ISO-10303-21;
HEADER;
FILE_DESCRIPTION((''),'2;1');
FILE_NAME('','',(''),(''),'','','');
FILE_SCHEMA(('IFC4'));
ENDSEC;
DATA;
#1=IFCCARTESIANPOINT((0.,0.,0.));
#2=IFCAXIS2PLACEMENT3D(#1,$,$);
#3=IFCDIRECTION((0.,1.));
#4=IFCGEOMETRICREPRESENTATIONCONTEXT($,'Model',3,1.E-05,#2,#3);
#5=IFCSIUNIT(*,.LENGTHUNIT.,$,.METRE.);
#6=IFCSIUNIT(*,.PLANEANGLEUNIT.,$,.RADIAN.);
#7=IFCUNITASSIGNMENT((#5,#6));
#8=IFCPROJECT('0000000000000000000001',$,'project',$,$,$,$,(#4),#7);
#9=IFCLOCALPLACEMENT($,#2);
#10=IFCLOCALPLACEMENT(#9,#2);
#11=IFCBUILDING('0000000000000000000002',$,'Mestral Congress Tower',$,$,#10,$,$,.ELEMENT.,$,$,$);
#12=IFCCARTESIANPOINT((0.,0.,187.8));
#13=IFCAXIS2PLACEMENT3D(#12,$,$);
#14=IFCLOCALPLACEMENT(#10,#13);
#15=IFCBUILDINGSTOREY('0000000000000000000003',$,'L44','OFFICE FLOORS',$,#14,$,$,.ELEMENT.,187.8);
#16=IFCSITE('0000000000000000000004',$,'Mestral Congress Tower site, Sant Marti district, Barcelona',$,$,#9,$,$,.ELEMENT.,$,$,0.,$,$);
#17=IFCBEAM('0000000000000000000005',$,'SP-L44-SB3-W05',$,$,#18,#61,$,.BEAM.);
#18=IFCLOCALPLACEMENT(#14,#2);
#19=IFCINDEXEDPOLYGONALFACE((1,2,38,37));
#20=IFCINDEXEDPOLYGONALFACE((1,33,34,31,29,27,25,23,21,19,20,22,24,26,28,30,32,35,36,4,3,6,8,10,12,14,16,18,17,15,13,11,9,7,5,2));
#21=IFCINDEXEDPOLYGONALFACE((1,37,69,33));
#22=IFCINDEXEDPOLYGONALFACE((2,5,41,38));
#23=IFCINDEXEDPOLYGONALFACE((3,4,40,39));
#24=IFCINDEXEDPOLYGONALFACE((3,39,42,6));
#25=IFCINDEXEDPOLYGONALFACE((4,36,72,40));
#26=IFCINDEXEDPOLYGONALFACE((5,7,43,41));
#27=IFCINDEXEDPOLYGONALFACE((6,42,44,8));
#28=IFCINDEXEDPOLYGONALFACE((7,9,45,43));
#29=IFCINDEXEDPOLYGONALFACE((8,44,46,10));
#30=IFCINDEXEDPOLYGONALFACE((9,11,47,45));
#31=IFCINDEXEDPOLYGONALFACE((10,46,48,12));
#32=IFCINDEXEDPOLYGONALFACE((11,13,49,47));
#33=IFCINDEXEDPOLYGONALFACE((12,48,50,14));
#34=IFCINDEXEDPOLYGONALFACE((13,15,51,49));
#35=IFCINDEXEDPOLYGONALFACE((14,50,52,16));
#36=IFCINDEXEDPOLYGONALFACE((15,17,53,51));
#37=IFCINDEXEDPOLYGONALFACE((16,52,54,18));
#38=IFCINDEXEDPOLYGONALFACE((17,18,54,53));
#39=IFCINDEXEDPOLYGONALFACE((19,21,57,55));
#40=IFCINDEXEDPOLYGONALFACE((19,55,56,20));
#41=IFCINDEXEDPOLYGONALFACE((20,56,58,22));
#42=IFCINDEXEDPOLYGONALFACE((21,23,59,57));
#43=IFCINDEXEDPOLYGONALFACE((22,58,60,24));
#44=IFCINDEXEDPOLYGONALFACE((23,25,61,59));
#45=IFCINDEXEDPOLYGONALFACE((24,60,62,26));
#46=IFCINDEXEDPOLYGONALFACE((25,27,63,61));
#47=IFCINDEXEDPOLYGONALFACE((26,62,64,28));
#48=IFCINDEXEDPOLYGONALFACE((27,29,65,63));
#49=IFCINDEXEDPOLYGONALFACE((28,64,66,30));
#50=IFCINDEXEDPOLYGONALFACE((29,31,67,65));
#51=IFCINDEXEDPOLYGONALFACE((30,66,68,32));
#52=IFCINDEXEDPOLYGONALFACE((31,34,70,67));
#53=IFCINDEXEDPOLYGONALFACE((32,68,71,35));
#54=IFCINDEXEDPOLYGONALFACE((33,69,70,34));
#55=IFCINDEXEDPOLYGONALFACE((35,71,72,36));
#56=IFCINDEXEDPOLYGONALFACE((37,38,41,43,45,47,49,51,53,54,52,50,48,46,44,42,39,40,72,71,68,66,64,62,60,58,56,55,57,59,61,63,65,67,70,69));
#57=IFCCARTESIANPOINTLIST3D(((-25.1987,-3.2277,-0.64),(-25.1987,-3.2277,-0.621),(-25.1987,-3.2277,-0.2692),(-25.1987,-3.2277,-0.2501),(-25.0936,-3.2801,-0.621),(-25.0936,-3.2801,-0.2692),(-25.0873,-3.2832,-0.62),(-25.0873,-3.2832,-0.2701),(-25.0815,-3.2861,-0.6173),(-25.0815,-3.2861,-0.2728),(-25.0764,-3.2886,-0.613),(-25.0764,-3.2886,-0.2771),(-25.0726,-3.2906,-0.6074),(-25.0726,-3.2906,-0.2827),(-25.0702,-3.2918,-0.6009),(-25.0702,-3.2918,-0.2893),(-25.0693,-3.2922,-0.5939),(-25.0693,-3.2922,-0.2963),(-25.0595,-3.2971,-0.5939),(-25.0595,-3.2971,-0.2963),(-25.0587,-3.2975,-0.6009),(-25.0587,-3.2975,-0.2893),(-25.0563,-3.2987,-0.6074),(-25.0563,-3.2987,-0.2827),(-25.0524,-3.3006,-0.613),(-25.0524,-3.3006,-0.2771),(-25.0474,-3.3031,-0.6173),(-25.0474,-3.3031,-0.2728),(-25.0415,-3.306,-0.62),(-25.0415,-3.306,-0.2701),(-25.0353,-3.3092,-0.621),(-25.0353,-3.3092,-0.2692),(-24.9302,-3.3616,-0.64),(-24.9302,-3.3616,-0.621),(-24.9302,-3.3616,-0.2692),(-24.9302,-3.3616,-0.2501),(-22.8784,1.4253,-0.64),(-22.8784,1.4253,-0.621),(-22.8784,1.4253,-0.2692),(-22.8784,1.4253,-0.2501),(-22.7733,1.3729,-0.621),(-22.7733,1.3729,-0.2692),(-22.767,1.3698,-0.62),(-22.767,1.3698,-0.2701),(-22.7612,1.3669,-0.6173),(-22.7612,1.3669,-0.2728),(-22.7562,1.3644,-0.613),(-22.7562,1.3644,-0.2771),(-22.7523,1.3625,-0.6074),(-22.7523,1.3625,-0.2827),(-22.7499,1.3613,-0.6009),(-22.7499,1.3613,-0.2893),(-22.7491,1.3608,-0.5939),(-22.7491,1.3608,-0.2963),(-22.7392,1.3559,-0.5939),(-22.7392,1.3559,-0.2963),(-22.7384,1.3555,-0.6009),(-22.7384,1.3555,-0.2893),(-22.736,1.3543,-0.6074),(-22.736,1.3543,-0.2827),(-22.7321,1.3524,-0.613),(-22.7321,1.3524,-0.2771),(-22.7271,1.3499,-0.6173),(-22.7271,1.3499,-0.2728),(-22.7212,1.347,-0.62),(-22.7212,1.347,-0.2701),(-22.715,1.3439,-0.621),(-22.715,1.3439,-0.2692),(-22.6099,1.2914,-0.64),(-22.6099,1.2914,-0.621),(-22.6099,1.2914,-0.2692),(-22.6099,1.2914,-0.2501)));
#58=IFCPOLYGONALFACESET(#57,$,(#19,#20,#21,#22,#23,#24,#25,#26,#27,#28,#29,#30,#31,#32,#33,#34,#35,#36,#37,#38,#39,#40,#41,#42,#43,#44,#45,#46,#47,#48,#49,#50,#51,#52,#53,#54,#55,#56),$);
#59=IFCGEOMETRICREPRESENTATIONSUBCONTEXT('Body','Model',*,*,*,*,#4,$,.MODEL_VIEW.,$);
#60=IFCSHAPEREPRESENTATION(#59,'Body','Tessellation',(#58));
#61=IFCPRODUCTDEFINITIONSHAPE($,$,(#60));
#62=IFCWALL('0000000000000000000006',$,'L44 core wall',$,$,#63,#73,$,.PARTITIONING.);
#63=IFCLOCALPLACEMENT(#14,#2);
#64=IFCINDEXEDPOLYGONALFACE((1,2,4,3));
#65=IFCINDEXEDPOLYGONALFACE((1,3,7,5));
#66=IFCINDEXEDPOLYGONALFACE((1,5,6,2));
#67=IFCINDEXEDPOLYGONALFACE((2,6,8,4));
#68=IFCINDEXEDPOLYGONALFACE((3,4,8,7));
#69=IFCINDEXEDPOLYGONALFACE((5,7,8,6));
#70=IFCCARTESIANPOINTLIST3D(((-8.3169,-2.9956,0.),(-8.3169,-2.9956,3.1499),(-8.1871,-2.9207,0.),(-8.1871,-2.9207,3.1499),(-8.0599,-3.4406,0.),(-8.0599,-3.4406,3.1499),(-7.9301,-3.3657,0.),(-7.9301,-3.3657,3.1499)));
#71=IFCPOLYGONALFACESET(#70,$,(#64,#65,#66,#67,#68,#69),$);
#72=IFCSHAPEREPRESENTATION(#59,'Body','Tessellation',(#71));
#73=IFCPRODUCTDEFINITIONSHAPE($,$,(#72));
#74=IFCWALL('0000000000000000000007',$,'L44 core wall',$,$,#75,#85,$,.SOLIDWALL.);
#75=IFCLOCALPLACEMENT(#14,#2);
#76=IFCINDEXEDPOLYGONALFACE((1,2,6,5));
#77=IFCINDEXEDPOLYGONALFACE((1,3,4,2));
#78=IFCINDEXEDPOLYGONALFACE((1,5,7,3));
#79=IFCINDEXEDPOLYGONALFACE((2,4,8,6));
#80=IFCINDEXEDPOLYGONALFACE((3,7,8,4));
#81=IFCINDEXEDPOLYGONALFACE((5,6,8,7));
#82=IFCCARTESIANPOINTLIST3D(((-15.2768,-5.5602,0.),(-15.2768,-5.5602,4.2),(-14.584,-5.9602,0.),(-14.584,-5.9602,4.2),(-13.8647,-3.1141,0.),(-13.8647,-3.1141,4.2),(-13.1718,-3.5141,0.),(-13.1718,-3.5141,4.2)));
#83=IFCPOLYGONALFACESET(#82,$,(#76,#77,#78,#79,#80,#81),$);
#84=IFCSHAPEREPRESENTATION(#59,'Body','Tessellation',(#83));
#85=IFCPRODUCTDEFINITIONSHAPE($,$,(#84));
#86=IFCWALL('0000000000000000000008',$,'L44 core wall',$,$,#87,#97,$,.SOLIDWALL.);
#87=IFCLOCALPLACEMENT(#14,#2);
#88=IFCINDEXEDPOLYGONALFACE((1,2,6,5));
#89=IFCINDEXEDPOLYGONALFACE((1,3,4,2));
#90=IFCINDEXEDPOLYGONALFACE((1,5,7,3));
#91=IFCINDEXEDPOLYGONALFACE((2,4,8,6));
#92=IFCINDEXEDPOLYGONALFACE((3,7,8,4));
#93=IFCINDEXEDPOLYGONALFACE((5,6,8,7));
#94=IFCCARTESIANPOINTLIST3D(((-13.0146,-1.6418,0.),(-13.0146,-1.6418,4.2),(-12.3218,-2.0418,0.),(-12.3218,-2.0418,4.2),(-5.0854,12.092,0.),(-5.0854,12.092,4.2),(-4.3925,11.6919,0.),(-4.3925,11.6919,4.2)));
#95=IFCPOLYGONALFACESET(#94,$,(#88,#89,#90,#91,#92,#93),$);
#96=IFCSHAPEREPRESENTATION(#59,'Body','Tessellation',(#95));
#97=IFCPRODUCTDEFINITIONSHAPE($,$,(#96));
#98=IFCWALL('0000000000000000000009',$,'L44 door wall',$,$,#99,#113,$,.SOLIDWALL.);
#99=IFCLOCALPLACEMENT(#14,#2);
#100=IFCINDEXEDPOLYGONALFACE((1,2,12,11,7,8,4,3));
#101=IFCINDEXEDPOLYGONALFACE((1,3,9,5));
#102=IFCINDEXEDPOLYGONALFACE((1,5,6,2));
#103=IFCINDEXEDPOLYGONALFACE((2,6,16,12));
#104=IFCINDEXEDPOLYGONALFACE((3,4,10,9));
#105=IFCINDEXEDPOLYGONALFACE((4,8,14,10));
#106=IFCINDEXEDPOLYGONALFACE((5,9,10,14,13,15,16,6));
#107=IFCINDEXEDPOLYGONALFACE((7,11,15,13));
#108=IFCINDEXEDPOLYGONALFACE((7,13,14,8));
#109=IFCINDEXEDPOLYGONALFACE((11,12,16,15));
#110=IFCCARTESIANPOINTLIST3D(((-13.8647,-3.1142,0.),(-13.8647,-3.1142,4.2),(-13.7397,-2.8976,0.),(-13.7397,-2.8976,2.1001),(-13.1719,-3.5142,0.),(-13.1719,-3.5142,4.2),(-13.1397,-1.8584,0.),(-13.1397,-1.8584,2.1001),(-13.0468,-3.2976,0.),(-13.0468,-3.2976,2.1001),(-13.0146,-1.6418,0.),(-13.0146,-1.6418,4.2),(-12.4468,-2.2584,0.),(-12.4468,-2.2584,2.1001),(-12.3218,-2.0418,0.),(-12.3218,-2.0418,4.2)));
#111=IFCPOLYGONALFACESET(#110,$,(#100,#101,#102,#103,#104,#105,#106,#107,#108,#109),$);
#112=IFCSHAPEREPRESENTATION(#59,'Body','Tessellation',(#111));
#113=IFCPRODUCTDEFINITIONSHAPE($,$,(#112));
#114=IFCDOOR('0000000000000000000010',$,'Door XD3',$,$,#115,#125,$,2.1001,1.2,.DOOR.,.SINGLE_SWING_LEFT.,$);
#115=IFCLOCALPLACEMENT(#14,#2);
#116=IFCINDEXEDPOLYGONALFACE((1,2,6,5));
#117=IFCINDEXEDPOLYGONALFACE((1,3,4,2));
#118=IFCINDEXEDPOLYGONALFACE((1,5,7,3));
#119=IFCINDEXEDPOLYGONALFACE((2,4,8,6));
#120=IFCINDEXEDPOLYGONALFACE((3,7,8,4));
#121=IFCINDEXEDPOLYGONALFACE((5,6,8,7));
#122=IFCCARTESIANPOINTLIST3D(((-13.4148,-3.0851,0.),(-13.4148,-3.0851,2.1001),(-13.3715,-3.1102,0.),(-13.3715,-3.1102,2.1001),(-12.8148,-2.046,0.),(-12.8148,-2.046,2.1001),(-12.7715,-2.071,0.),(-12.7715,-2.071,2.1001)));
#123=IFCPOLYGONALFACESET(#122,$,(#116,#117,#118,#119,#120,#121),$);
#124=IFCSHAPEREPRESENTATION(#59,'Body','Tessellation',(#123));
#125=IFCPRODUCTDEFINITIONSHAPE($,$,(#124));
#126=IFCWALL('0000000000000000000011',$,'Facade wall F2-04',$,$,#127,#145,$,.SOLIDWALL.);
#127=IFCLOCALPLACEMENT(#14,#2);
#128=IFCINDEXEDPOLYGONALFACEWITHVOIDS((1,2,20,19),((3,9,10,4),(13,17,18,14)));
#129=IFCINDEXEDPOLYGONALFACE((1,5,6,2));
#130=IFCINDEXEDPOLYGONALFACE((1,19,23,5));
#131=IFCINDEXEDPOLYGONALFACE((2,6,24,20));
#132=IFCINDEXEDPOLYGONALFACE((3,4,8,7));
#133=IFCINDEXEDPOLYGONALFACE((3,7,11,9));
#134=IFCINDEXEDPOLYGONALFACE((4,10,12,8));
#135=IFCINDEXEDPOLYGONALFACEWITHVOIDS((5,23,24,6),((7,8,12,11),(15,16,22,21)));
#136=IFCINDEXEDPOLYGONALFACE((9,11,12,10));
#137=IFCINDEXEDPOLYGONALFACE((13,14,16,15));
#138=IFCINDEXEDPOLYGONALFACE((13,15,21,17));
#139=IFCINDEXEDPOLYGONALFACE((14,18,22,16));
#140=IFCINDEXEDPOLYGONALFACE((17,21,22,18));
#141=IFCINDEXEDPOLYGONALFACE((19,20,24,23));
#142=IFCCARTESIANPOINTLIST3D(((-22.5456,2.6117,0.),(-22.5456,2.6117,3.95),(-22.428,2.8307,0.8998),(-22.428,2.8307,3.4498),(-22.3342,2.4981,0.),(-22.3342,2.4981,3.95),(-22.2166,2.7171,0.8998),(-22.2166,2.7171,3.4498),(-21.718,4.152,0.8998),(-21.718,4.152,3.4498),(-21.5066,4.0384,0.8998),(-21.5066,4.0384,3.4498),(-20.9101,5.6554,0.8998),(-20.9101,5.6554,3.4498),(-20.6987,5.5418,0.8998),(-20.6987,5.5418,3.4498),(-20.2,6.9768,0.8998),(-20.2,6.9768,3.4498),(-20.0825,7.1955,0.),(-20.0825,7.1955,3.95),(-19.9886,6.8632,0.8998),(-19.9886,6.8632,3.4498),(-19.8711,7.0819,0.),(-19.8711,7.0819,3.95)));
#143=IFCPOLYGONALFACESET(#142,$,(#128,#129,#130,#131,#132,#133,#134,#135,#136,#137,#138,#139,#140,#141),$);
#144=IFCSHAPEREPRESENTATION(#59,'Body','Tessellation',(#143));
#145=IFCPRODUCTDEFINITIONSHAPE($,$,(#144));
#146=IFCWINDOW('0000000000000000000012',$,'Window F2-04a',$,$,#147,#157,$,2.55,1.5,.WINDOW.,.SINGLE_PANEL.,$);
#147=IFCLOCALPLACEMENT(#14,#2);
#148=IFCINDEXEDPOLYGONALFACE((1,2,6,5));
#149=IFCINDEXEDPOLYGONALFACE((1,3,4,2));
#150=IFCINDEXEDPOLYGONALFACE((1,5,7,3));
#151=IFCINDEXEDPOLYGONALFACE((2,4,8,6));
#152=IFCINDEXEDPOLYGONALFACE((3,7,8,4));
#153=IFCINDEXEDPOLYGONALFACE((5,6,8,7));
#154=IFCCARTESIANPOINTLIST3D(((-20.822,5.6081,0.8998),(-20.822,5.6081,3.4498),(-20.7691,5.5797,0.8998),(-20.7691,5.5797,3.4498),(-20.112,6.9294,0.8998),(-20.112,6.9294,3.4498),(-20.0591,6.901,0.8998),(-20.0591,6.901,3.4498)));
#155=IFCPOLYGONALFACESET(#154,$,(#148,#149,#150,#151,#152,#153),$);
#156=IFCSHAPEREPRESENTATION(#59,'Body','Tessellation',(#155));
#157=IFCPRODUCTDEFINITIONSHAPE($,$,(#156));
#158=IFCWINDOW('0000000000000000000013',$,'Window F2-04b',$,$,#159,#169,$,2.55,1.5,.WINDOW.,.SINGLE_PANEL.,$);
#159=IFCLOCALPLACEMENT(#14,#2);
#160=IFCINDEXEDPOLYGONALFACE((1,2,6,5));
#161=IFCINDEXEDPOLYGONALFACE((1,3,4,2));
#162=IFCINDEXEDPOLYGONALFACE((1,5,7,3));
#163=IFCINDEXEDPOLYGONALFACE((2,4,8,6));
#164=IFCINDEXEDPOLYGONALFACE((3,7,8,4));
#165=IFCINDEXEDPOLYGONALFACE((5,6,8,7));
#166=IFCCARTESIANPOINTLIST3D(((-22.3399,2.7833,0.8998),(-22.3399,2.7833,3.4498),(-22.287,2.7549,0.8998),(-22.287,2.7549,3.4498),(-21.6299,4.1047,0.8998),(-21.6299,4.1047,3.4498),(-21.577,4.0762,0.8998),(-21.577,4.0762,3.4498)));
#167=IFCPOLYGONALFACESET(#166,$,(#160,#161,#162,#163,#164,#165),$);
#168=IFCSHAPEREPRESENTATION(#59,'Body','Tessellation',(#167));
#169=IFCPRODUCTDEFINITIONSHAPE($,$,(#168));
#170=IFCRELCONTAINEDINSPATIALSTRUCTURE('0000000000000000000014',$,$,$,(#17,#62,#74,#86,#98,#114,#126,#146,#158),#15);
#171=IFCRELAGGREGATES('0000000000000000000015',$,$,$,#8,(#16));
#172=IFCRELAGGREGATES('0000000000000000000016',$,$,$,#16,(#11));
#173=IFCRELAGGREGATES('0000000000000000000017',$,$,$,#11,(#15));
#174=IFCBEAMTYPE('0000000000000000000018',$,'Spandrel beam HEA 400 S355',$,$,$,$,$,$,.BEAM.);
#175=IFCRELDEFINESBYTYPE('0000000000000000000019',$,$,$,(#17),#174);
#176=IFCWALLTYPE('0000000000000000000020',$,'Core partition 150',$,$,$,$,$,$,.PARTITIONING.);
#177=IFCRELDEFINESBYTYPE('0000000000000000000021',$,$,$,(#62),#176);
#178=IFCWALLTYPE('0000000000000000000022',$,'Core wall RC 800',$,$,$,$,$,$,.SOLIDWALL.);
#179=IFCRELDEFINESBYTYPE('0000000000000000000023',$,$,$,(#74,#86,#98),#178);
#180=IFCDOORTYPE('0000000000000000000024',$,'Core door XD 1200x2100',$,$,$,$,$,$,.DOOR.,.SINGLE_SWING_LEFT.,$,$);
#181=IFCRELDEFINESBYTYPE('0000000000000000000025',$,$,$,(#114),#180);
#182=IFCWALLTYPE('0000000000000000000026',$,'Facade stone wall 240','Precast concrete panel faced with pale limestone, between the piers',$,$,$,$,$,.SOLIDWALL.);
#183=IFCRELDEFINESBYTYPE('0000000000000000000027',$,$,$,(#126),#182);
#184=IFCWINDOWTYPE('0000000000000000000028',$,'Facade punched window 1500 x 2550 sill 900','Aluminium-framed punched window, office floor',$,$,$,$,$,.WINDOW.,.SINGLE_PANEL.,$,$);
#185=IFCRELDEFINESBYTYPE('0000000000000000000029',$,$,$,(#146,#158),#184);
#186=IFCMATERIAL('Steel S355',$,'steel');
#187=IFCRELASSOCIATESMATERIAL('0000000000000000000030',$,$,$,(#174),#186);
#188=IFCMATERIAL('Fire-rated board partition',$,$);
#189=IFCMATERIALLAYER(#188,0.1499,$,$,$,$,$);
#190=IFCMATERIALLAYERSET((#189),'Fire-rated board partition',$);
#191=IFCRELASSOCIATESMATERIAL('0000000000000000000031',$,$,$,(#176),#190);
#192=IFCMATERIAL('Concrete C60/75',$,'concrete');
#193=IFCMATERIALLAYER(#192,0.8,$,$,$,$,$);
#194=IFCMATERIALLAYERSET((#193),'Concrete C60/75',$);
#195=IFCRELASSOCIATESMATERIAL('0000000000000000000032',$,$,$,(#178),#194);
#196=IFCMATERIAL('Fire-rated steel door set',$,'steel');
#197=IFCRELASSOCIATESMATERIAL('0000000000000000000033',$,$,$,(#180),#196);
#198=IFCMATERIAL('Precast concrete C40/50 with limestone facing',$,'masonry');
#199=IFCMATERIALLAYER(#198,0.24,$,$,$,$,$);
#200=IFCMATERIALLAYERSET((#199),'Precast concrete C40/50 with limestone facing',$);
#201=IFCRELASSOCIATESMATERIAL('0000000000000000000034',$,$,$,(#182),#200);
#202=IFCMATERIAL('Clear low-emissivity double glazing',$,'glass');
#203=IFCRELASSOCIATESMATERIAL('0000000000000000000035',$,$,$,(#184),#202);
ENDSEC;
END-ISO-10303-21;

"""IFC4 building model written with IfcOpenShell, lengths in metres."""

from ifc_helpers import new_model, si_unit, direction, frame, frame_2d, origin, origin_2d, place, context, subcontext, project, spatial, rectangle, i_section, extrude, material, layer, layer_set, material_profile, profile_set, type_object, element, fill, save


model = new_model("IFC4")

# Units and contexts
model_context = context("Model", 3, precision=1e-05, world=origin(), true_north=direction((0.0, 1.0)))
body_context = subcontext(model_context, "Body", "Model", "MODEL_VIEW")
ifc_project = project(units=[si_unit("LENGTHUNIT", "METRE"), si_unit("PLANEANGLEUNIT", "RADIAN")], contexts=[model_context])

# Site, building, storey
site_placement = place(None, origin())
site = spatial("IfcSite", under=ifc_project, at=site_placement, Name="Mestral Congress Tower site, Sant Marti district, Barcelona", CompositionType="ELEMENT", RefElevation=0.0)
building_placement = place(site_placement, origin())
building = spatial("IfcBuilding", under=site, at=building_placement, Name="Mestral Congress Tower", CompositionType="ELEMENT")
storey_placement = place(building_placement, frame((0.0, 0.0, 187.8)))
storey = spatial("IfcBuildingStorey", under=building, at=storey_placement, Name="L44", Description="OFFICE FLOORS", CompositionType="ELEMENT", Elevation=187.8)

# Shared definitions
ifc_material_1 = material(Name="Concrete C60/75", Category="concrete")

# Beam
ifc_material_2 = material(Name="Steel S355", Category="steel")
ifc_material_profile_1 = material_profile(ifc_material_2, i_section(OverallWidth=0.3, OverallDepth=0.3899, WebThickness=0.011, FlangeThickness=0.019, FilletRadius=0.0271, at=origin_2d()), Name="HEA 400")
ifc_profile_set_1 = profile_set([ifc_material_profile_1], Name="Steel S355")
beam_type_1 = type_object("IfcBeamType", Name="Spandrel beam HEA 400 S355", PredefinedType="BEAM", material=ifc_profile_set_1)
beam_1_placement = place(storey_placement, frame((-22.7441, 1.3584, -0.4451), z_axis=(-0.446255, -0.894906, 0.0), x_axis=(0.894906, -0.446255, 0.0)))
element("IfcBeam", 1, at=beam_1_placement, inside=storey, type_object=beam_type_1, Name="SP-L44-SB3-W05", PredefinedType="BEAM", context=body_context, shape_type="SweptSolid", body=[
    extrude(i_section(OverallWidth=0.3, OverallDepth=0.3899, WebThickness=0.011, FlangeThickness=0.019, FilletRadius=0.0271, at=origin_2d()), origin(), (0.0, 0.0, 1.0), 5.1995),
])

# Walls
ifc_material_3 = material(Name="Fire-rated board partition")
ifc_layer_1 = layer(ifc_material_3, 0.1499)
ifc_layer_set_1 = layer_set([ifc_layer_1], Name="Fire-rated board partition")
wall_type_1 = type_object("IfcWallType", Name="Core partition 150", PredefinedType="PARTITIONING", material=ifc_layer_set_1)
wall_1_placement = place(storey_placement, frame((-8.252, -2.9583, 0.0), z_axis=(0.0, 0.0, 1.0), x_axis=(0.500175, -0.865925, 0.0)))
element("IfcWall", 2, at=wall_1_placement, inside=storey, type_object=wall_type_1, Name="L44 core wall", PredefinedType="PARTITIONING", context=body_context, shape_type="SweptSolid", body=[
    extrude(rectangle(XDim=0.5139, YDim=0.1499, at=frame_2d((0.2568, 0.0))), origin(), (0.0, 0.0, 1.0), 3.1499),
])
ifc_layer_2 = layer(ifc_material_1, 0.8)
ifc_layer_set_2 = layer_set([ifc_layer_2], Name="Concrete C60/75")
wall_type_2 = type_object("IfcWallType", Name="Core wall RC 800", PredefinedType="SOLIDWALL", material=ifc_layer_set_2)
wall_2_placement = place(storey_placement, frame((-13.5183, -3.3142, 0.0), z_axis=(0.0, 0.0, 1.0), x_axis=(-0.499969, -0.866043, 0.0)))
element("IfcWall", 3, at=wall_2_placement, inside=storey, type_object=wall_type_2, Name="L44 core wall", PredefinedType="SOLIDWALL", context=body_context, shape_type="SweptSolid", body=[
    extrude(rectangle(XDim=2.8245, YDim=0.8, at=frame_2d((1.4121, 0.0))), origin(), (0.0, 0.0, 1.0), 4.2),
])
wall_3_placement = place(storey_placement, frame((-12.6682, -1.8418, 0.0), z_axis=(0.0, 0.0, 1.0), x_axis=(0.500004, 0.866023, 0.0)))
element("IfcWall", 4, at=wall_3_placement, inside=storey, type_object=wall_type_2, Name="L44 core wall", PredefinedType="SOLIDWALL", context=body_context, shape_type="SweptSolid", body=[
    extrude(rectangle(XDim=15.8584, YDim=0.8, at=frame_2d((7.9292, 0.0))), origin(), (0.0, 0.0, 1.0), 4.2),
])

# Wall, opening, door
wall_4_placement = place(storey_placement, frame((-13.5183, -3.3142, 0.0), z_axis=(0.0, 0.0, 1.0), x_axis=(0.5, 0.866025, 0.0)))
wall_4 = element("IfcWall", 5, at=wall_4_placement, inside=storey, type_object=wall_type_2, Name="L44 door wall", PredefinedType="SOLIDWALL", context=body_context, shape_type="SweptSolid", body=[
    extrude(rectangle(XDim=1.7002, YDim=0.8, at=frame_2d((0.8501, 0.0))), origin(), (0.0, 0.0, 1.0), 4.2),
])
opening_1_placement = place(wall_4_placement, frame((0.25, 0.0, 0.0)))
opening_1 = element("IfcOpeningElement", 6, at=opening_1_placement, cuts=wall_4, PredefinedType="OPENING", context=body_context, shape_type="SweptSolid", body=[
    extrude(rectangle(XDim=1.2, YDim=2.1001, at=frame_2d((0.6001, 1.05))), frame((0.0, 0.4099, 0.0), z_axis=(0.0, -1.0, 0.0), x_axis=(1.0, 0.0, 0.0)), (0.0, 0.0, 1.0), 0.8201),
])
ifc_material_4 = material(Name="Fire-rated steel door set", Category="steel")
door_type_1 = type_object("IfcDoorType", Name="Core door XD 1200x2100", OperationType="SINGLE_SWING_LEFT", PredefinedType="DOOR", material=ifc_material_4)
door_1_placement = place(opening_1_placement, origin())
door_1 = element("IfcDoor", 7, at=door_1_placement, inside=storey, type_object=door_type_1, Name="Door XD3", OperationType="SINGLE_SWING_LEFT", OverallHeight=2.1001, OverallWidth=1.2, PredefinedType="DOOR", context=body_context, shape_type="SweptSolid", body=[
    extrude(rectangle(XDim=1.2, YDim=2.1001, at=frame_2d((0.6001, 1.05))), frame((0.0, 0.0249, 0.0), z_axis=(0.0, -1.0, 0.0), x_axis=(1.0, 0.0, 0.0)), (0.0, 0.0, 1.0), 0.05),
])
fill(opening_1, door_1)

# Wall, openings, windows
ifc_material_5 = material(Name="Precast concrete C40/50 with limestone facing", Category="masonry")
ifc_layer_3 = layer(ifc_material_5, 0.24)
ifc_layer_set_3 = layer_set([ifc_layer_3], Name="Precast concrete C40/50 with limestone facing")
wall_type_3 = type_object("IfcWallType", Name="Facade stone wall 240", Description="Precast concrete panel faced with pale limestone, between the piers", PredefinedType="SOLIDWALL", material=ifc_layer_set_3)
wall_5_placement = place(storey_placement, frame((-19.9768, 7.1387, 0.0), z_axis=(0.0, 0.0, 1.0), x_axis=(-0.47335, -0.880875, 0.0)))
wall_5 = element("IfcWall", 8, at=wall_5_placement, inside=storey, type_object=wall_type_3, Name="Facade wall F2-04", PredefinedType="SOLIDWALL", context=body_context, shape_type="SweptSolid", body=[
    extrude(rectangle(XDim=5.2036, YDim=0.24, at=frame_2d((2.6018, 0.0))), origin(), (0.0, 0.0, 1.0), 3.95),
])
opening_2_placement = place(wall_5_placement, frame((0.2483, 0.0, 0.8999)))
opening_2 = element("IfcOpeningElement", 9, at=opening_2_placement, cuts=wall_5, PredefinedType="OPENING", context=body_context, shape_type="SweptSolid", body=[
    extrude(rectangle(XDim=1.5, YDim=2.55, at=frame_2d((0.75, 1.2749))), frame((0.0, 0.1299, 0.0), z_axis=(0.0, -1.0, 0.0), x_axis=(1.0, 0.0, 0.0)), (0.0, 0.0, 1.0), 0.26),
])
opening_3_placement = place(wall_5_placement, frame((3.4551, 0.0, 0.8999)))
opening_3 = element("IfcOpeningElement", 10, at=opening_3_placement, cuts=wall_5, PredefinedType="OPENING", context=body_context, shape_type="SweptSolid", body=[
    extrude(rectangle(XDim=1.5, YDim=2.55, at=frame_2d((0.75, 1.2749))), frame((0.0, 0.1299, 0.0), z_axis=(0.0, -1.0, 0.0), x_axis=(1.0, 0.0, 0.0)), (0.0, 0.0, 1.0), 0.26),
])
ifc_material_6 = material(Name="Clear low-emissivity double glazing", Category="glass")
window_type = type_object("IfcWindowType", Name="Facade punched window 1500 x 2550 sill 900", Description="Aluminium-framed punched window, office floor", PartitioningType="SINGLE_PANEL", PredefinedType="WINDOW", material=ifc_material_6)
window_1_placement = place(opening_2_placement, origin())
window_1 = element("IfcWindow", 11, at=window_1_placement, inside=storey, type_object=window_type, Name="Window F2-04a", OverallHeight=2.55, OverallWidth=1.5, PartitioningType="SINGLE_PANEL", PredefinedType="WINDOW", context=body_context, shape_type="SweptSolid", body=[
    extrude(rectangle(XDim=1.5, YDim=2.55, at=frame_2d((0.75, 1.2749))), frame((0.0, 0.04, 0.0), z_axis=(0.0, -1.0, 0.0), x_axis=(1.0, 0.0, 0.0)), (0.0, 0.0, 1.0), 0.0601),
])
fill(opening_2, window_1)
window_2_placement = place(opening_3_placement, origin())
window_2 = element("IfcWindow", 12, at=window_2_placement, inside=storey, type_object=window_type, Name="Window F2-04b", OverallHeight=2.55, OverallWidth=1.5, PartitioningType="SINGLE_PANEL", PredefinedType="WINDOW", context=body_context, shape_type="SweptSolid", body=[
    extrude(rectangle(XDim=1.5, YDim=2.55, at=frame_2d((0.75, 1.2749))), frame((0.0, 0.04, 0.0), z_axis=(0.0, -1.0, 0.0), x_axis=(1.0, 0.0, 0.0)), (0.0, 0.0, 1.0), 0.0601),
])
fill(opening_3, window_2)

save(model, "model.ifc")
